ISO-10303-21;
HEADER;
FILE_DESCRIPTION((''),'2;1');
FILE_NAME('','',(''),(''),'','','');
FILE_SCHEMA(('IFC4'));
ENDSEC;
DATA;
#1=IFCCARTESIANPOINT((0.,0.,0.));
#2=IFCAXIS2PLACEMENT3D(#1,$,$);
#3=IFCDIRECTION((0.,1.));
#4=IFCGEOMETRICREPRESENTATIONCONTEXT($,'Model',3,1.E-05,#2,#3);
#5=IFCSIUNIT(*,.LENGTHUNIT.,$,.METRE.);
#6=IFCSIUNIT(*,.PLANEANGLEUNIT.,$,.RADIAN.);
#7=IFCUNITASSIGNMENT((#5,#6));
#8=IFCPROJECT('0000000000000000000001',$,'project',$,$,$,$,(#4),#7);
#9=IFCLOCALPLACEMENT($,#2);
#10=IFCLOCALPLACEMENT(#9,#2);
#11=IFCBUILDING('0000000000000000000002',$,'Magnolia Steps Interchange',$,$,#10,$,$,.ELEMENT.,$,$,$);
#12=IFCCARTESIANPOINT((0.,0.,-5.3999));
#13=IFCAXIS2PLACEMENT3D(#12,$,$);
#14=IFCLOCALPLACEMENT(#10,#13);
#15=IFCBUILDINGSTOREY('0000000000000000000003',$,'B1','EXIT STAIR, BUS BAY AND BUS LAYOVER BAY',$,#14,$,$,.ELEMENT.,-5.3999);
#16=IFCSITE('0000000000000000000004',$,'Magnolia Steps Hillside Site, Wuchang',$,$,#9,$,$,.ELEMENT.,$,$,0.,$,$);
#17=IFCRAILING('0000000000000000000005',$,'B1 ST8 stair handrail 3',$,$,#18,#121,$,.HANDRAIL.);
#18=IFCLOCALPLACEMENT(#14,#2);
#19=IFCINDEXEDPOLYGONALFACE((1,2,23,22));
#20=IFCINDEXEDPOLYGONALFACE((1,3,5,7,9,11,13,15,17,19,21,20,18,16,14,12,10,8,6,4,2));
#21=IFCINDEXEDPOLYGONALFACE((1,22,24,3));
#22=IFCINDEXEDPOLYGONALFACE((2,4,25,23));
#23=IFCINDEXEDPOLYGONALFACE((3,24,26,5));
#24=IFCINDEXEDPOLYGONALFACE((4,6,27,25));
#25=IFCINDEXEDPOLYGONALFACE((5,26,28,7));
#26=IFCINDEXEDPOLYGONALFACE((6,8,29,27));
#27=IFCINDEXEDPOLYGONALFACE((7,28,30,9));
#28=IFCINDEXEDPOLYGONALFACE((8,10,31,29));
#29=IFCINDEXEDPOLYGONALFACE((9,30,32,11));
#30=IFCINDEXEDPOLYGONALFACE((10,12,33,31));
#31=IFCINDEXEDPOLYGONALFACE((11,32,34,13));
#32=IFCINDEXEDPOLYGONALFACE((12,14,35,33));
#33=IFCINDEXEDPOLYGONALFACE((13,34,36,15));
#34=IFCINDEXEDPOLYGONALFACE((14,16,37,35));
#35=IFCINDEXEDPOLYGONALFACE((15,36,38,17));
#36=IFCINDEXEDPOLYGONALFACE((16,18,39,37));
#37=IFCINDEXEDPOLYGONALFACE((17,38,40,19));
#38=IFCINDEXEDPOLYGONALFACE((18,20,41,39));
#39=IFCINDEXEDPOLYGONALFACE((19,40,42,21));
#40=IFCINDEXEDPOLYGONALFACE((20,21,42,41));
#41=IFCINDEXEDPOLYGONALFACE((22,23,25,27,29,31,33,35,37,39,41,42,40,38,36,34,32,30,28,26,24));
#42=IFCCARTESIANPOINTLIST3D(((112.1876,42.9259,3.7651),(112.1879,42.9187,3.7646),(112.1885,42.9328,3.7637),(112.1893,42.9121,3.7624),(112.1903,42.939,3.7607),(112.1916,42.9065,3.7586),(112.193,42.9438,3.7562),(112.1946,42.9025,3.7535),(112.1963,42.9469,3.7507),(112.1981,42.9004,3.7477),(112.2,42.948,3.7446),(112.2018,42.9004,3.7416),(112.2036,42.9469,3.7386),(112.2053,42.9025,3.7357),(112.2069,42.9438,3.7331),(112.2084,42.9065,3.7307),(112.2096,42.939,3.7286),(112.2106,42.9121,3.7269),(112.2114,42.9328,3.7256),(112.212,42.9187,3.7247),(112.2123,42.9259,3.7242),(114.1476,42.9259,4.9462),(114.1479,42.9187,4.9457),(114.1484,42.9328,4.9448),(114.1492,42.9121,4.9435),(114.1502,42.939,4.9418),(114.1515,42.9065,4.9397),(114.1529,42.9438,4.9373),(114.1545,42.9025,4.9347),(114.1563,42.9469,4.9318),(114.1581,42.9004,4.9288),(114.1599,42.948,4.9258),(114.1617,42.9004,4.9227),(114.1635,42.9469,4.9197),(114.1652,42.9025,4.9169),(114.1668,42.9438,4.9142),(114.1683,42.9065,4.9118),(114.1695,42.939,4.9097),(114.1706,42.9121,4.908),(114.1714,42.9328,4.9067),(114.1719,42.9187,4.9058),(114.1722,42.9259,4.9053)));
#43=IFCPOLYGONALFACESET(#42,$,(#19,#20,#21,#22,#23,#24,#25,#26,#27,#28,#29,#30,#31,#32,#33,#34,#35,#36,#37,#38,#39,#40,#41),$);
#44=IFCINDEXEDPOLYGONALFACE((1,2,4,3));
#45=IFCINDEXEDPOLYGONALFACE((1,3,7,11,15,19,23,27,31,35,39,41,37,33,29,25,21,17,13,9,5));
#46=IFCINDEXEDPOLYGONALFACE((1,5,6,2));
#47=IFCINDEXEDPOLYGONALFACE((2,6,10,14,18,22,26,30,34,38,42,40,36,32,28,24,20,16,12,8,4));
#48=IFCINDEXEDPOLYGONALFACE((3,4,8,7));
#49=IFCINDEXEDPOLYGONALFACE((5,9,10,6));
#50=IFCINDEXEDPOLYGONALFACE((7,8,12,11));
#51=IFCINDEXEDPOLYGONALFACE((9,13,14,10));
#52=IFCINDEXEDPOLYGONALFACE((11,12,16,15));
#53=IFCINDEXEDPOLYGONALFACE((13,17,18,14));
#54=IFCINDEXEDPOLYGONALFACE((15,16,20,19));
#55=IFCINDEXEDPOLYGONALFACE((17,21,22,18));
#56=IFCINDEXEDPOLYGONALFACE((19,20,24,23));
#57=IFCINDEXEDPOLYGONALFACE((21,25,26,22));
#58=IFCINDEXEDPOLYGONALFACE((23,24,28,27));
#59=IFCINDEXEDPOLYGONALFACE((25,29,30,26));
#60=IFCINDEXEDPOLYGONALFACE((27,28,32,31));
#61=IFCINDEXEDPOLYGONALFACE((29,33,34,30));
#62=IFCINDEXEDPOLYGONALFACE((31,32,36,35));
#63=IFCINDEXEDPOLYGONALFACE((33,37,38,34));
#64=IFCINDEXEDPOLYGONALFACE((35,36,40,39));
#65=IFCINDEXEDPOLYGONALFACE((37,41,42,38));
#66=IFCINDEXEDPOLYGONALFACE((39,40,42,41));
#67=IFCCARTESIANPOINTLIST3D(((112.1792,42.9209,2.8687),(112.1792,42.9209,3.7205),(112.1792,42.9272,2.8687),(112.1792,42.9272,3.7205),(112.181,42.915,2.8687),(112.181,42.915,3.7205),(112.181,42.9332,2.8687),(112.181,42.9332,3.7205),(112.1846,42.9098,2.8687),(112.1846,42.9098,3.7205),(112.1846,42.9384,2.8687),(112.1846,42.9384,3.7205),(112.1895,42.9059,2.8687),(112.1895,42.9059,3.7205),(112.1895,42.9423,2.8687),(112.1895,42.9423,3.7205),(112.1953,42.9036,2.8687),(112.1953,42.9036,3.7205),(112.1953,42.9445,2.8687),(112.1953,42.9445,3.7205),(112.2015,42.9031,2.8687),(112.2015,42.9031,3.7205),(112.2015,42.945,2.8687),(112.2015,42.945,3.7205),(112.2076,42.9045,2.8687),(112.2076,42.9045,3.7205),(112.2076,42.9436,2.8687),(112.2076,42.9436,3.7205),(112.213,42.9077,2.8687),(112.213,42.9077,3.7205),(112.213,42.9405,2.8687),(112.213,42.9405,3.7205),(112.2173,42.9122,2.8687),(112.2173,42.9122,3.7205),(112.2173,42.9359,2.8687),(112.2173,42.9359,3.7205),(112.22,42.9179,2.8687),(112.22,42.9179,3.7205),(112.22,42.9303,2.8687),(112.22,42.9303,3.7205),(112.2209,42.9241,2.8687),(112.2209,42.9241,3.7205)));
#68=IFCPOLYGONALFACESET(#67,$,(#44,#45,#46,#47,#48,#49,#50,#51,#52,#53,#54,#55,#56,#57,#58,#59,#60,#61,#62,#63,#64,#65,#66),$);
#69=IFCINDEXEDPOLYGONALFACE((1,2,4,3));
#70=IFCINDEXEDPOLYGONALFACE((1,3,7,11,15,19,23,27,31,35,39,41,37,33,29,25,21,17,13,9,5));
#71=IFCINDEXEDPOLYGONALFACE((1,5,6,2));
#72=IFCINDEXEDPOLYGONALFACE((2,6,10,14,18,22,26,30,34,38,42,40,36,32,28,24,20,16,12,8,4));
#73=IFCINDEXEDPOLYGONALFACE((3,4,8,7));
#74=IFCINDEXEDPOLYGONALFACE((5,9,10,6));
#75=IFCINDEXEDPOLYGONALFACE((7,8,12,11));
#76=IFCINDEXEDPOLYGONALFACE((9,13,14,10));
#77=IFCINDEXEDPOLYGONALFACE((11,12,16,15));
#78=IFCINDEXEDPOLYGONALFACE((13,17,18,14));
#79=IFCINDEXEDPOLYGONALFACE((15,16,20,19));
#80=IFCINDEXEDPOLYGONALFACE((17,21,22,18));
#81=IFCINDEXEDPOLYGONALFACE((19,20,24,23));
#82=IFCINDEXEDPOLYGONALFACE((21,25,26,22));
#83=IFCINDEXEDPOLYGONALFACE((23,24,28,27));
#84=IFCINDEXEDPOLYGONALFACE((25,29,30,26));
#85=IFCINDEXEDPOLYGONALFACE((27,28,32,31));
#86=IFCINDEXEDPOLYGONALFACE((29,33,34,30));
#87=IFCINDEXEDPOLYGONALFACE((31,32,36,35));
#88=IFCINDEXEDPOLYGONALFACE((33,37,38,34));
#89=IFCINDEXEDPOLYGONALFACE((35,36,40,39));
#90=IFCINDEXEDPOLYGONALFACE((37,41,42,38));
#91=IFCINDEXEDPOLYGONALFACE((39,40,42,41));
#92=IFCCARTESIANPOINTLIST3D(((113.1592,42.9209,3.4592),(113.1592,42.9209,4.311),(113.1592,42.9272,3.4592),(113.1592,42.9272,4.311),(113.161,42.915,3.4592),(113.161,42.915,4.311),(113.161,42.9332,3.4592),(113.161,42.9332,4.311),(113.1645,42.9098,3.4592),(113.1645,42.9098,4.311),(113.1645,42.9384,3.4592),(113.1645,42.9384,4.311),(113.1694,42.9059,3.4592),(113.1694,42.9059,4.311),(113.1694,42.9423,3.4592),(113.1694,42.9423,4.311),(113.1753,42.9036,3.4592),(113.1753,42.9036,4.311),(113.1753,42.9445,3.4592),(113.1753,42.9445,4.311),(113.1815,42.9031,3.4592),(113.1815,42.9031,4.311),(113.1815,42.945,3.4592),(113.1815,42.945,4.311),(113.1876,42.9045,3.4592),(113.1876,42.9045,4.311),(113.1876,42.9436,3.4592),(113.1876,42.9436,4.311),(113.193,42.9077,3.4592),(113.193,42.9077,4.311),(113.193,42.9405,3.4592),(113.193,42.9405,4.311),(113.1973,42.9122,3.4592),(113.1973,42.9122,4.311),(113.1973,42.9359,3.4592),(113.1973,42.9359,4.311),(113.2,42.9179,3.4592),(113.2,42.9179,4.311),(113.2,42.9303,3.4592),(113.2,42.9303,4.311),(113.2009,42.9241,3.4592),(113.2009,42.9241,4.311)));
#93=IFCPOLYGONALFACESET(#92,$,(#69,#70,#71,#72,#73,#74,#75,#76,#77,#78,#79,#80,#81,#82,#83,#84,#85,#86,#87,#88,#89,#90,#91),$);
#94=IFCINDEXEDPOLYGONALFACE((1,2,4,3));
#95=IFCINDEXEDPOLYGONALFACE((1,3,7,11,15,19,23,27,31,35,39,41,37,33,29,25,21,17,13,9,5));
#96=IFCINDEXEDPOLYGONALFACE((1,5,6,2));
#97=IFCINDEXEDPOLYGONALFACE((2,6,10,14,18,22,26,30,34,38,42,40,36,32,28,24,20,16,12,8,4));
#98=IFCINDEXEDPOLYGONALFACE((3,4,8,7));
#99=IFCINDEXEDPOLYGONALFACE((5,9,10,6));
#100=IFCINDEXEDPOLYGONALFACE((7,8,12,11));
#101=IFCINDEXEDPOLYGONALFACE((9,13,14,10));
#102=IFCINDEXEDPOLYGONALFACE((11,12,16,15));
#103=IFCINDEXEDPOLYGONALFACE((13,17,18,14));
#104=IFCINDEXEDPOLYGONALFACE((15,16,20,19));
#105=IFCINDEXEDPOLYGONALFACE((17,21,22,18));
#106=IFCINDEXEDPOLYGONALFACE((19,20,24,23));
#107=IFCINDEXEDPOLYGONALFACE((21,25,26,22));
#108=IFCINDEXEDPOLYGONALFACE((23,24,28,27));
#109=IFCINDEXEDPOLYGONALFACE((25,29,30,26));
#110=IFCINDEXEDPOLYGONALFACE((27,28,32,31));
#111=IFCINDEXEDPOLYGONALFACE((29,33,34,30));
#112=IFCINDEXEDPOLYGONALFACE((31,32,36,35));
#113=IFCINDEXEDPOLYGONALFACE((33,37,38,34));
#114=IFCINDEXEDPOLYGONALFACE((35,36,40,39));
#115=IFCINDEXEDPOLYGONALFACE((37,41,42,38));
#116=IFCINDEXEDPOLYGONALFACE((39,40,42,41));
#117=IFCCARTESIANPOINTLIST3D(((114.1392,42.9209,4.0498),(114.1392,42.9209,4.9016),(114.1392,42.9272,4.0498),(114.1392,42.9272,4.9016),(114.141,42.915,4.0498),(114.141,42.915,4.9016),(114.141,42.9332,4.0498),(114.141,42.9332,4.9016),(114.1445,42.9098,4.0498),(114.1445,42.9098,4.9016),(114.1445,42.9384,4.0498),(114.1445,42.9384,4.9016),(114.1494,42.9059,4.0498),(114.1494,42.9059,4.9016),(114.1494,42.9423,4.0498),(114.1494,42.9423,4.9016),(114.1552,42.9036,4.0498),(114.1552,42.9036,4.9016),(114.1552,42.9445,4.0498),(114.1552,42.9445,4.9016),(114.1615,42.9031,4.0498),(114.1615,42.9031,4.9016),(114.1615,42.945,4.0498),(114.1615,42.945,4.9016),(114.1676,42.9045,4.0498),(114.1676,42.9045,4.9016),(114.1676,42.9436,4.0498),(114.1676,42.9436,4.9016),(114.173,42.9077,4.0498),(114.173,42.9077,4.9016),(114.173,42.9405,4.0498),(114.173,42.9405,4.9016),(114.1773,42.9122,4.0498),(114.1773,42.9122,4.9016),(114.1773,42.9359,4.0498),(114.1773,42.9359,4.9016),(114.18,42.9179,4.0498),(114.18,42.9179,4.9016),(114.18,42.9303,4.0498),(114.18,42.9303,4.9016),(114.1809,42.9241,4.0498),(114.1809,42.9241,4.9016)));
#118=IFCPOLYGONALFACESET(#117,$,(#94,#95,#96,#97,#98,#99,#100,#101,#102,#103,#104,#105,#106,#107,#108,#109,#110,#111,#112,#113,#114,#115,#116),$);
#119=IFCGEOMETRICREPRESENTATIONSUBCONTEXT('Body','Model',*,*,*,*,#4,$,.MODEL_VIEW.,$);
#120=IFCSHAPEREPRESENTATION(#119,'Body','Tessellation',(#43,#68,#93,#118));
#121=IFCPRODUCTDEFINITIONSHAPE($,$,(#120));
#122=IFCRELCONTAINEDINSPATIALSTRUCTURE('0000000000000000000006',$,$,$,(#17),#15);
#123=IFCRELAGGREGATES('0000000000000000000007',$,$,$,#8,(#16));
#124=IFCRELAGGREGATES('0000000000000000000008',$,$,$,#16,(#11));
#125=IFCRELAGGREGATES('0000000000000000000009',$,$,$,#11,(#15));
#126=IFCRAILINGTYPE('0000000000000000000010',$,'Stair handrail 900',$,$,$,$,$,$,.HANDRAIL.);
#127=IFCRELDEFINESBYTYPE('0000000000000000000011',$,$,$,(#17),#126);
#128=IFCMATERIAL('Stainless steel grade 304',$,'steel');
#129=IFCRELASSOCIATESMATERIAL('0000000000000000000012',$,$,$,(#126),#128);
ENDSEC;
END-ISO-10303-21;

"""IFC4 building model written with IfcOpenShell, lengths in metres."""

from ifc_helpers import new_model, si_unit, direction, frame, origin, origin_2d, place, context, subcontext, project, spatial, circle, extrude, material, type_object, element, save


model = new_model("IFC4")

# Units and contexts
model_context = context("Model", 3, precision=1e-05, world=origin(), true_north=direction((0.0, 1.0)))
body_context = subcontext(model_context, "Body", "Model", "MODEL_VIEW")
ifc_project = project(units=[si_unit("LENGTHUNIT", "METRE"), si_unit("PLANEANGLEUNIT", "RADIAN")], contexts=[model_context])

# Site, building, storey
site_placement = place(None, origin())
site = spatial("IfcSite", under=ifc_project, at=site_placement, Name="Magnolia Steps Hillside Site, Wuchang", CompositionType="ELEMENT", RefElevation=0.0)
building_placement = place(site_placement, origin())
building = spatial("IfcBuilding", under=site, at=building_placement, Name="Magnolia Steps Interchange", CompositionType="ELEMENT")
storey_placement = place(building_placement, frame((0.0, 0.0, -5.3999)))
storey = spatial("IfcBuildingStorey", under=building, at=storey_placement, Name="B1", Description="EXIT STAIR, BUS BAY AND BUS LAYOVER BAY", CompositionType="ELEMENT", Elevation=-5.3999)

# Railing
ifc_material_1 = material(Name="Stainless steel grade 304", Category="steel")
railing_type_1 = type_object("IfcRailingType", Name="Stair handrail 900", PredefinedType="HANDRAIL", material=ifc_material_1)
railing_1_placement = place(storey_placement, frame((112.2, 42.9241, 2.8687)))
element("IfcRailing", 1, at=railing_1_placement, inside=storey, type_object=railing_type_1, Name="B1 ST8 stair handrail 3", PredefinedType="HANDRAIL", context=body_context, shape_type="SweptSolid", body=[
    extrude(circle(Radius=0.0239, at=origin_2d()), frame((0.0, 0.0, 0.876), z_axis=(0.856493, 0.0, 0.516158), x_axis=(0.0, 1.0, 0.0)), (0.0, 0.0, 1.0), 2.2883),
    extrude(circle(Radius=0.021, at=origin_2d()), origin(), (0.0, 0.0, 1.0), 0.8518),
    extrude(circle(Radius=0.021, at=origin_2d()), frame((0.98, 0.0, 0.5906)), (0.0, 0.0, 1.0), 0.8518),
    extrude(circle(Radius=0.021, at=origin_2d()), frame((1.96, 0.0, 1.1812)), (0.0, 0.0, 1.0), 0.8518),
])

save(model, "model.ifc")
